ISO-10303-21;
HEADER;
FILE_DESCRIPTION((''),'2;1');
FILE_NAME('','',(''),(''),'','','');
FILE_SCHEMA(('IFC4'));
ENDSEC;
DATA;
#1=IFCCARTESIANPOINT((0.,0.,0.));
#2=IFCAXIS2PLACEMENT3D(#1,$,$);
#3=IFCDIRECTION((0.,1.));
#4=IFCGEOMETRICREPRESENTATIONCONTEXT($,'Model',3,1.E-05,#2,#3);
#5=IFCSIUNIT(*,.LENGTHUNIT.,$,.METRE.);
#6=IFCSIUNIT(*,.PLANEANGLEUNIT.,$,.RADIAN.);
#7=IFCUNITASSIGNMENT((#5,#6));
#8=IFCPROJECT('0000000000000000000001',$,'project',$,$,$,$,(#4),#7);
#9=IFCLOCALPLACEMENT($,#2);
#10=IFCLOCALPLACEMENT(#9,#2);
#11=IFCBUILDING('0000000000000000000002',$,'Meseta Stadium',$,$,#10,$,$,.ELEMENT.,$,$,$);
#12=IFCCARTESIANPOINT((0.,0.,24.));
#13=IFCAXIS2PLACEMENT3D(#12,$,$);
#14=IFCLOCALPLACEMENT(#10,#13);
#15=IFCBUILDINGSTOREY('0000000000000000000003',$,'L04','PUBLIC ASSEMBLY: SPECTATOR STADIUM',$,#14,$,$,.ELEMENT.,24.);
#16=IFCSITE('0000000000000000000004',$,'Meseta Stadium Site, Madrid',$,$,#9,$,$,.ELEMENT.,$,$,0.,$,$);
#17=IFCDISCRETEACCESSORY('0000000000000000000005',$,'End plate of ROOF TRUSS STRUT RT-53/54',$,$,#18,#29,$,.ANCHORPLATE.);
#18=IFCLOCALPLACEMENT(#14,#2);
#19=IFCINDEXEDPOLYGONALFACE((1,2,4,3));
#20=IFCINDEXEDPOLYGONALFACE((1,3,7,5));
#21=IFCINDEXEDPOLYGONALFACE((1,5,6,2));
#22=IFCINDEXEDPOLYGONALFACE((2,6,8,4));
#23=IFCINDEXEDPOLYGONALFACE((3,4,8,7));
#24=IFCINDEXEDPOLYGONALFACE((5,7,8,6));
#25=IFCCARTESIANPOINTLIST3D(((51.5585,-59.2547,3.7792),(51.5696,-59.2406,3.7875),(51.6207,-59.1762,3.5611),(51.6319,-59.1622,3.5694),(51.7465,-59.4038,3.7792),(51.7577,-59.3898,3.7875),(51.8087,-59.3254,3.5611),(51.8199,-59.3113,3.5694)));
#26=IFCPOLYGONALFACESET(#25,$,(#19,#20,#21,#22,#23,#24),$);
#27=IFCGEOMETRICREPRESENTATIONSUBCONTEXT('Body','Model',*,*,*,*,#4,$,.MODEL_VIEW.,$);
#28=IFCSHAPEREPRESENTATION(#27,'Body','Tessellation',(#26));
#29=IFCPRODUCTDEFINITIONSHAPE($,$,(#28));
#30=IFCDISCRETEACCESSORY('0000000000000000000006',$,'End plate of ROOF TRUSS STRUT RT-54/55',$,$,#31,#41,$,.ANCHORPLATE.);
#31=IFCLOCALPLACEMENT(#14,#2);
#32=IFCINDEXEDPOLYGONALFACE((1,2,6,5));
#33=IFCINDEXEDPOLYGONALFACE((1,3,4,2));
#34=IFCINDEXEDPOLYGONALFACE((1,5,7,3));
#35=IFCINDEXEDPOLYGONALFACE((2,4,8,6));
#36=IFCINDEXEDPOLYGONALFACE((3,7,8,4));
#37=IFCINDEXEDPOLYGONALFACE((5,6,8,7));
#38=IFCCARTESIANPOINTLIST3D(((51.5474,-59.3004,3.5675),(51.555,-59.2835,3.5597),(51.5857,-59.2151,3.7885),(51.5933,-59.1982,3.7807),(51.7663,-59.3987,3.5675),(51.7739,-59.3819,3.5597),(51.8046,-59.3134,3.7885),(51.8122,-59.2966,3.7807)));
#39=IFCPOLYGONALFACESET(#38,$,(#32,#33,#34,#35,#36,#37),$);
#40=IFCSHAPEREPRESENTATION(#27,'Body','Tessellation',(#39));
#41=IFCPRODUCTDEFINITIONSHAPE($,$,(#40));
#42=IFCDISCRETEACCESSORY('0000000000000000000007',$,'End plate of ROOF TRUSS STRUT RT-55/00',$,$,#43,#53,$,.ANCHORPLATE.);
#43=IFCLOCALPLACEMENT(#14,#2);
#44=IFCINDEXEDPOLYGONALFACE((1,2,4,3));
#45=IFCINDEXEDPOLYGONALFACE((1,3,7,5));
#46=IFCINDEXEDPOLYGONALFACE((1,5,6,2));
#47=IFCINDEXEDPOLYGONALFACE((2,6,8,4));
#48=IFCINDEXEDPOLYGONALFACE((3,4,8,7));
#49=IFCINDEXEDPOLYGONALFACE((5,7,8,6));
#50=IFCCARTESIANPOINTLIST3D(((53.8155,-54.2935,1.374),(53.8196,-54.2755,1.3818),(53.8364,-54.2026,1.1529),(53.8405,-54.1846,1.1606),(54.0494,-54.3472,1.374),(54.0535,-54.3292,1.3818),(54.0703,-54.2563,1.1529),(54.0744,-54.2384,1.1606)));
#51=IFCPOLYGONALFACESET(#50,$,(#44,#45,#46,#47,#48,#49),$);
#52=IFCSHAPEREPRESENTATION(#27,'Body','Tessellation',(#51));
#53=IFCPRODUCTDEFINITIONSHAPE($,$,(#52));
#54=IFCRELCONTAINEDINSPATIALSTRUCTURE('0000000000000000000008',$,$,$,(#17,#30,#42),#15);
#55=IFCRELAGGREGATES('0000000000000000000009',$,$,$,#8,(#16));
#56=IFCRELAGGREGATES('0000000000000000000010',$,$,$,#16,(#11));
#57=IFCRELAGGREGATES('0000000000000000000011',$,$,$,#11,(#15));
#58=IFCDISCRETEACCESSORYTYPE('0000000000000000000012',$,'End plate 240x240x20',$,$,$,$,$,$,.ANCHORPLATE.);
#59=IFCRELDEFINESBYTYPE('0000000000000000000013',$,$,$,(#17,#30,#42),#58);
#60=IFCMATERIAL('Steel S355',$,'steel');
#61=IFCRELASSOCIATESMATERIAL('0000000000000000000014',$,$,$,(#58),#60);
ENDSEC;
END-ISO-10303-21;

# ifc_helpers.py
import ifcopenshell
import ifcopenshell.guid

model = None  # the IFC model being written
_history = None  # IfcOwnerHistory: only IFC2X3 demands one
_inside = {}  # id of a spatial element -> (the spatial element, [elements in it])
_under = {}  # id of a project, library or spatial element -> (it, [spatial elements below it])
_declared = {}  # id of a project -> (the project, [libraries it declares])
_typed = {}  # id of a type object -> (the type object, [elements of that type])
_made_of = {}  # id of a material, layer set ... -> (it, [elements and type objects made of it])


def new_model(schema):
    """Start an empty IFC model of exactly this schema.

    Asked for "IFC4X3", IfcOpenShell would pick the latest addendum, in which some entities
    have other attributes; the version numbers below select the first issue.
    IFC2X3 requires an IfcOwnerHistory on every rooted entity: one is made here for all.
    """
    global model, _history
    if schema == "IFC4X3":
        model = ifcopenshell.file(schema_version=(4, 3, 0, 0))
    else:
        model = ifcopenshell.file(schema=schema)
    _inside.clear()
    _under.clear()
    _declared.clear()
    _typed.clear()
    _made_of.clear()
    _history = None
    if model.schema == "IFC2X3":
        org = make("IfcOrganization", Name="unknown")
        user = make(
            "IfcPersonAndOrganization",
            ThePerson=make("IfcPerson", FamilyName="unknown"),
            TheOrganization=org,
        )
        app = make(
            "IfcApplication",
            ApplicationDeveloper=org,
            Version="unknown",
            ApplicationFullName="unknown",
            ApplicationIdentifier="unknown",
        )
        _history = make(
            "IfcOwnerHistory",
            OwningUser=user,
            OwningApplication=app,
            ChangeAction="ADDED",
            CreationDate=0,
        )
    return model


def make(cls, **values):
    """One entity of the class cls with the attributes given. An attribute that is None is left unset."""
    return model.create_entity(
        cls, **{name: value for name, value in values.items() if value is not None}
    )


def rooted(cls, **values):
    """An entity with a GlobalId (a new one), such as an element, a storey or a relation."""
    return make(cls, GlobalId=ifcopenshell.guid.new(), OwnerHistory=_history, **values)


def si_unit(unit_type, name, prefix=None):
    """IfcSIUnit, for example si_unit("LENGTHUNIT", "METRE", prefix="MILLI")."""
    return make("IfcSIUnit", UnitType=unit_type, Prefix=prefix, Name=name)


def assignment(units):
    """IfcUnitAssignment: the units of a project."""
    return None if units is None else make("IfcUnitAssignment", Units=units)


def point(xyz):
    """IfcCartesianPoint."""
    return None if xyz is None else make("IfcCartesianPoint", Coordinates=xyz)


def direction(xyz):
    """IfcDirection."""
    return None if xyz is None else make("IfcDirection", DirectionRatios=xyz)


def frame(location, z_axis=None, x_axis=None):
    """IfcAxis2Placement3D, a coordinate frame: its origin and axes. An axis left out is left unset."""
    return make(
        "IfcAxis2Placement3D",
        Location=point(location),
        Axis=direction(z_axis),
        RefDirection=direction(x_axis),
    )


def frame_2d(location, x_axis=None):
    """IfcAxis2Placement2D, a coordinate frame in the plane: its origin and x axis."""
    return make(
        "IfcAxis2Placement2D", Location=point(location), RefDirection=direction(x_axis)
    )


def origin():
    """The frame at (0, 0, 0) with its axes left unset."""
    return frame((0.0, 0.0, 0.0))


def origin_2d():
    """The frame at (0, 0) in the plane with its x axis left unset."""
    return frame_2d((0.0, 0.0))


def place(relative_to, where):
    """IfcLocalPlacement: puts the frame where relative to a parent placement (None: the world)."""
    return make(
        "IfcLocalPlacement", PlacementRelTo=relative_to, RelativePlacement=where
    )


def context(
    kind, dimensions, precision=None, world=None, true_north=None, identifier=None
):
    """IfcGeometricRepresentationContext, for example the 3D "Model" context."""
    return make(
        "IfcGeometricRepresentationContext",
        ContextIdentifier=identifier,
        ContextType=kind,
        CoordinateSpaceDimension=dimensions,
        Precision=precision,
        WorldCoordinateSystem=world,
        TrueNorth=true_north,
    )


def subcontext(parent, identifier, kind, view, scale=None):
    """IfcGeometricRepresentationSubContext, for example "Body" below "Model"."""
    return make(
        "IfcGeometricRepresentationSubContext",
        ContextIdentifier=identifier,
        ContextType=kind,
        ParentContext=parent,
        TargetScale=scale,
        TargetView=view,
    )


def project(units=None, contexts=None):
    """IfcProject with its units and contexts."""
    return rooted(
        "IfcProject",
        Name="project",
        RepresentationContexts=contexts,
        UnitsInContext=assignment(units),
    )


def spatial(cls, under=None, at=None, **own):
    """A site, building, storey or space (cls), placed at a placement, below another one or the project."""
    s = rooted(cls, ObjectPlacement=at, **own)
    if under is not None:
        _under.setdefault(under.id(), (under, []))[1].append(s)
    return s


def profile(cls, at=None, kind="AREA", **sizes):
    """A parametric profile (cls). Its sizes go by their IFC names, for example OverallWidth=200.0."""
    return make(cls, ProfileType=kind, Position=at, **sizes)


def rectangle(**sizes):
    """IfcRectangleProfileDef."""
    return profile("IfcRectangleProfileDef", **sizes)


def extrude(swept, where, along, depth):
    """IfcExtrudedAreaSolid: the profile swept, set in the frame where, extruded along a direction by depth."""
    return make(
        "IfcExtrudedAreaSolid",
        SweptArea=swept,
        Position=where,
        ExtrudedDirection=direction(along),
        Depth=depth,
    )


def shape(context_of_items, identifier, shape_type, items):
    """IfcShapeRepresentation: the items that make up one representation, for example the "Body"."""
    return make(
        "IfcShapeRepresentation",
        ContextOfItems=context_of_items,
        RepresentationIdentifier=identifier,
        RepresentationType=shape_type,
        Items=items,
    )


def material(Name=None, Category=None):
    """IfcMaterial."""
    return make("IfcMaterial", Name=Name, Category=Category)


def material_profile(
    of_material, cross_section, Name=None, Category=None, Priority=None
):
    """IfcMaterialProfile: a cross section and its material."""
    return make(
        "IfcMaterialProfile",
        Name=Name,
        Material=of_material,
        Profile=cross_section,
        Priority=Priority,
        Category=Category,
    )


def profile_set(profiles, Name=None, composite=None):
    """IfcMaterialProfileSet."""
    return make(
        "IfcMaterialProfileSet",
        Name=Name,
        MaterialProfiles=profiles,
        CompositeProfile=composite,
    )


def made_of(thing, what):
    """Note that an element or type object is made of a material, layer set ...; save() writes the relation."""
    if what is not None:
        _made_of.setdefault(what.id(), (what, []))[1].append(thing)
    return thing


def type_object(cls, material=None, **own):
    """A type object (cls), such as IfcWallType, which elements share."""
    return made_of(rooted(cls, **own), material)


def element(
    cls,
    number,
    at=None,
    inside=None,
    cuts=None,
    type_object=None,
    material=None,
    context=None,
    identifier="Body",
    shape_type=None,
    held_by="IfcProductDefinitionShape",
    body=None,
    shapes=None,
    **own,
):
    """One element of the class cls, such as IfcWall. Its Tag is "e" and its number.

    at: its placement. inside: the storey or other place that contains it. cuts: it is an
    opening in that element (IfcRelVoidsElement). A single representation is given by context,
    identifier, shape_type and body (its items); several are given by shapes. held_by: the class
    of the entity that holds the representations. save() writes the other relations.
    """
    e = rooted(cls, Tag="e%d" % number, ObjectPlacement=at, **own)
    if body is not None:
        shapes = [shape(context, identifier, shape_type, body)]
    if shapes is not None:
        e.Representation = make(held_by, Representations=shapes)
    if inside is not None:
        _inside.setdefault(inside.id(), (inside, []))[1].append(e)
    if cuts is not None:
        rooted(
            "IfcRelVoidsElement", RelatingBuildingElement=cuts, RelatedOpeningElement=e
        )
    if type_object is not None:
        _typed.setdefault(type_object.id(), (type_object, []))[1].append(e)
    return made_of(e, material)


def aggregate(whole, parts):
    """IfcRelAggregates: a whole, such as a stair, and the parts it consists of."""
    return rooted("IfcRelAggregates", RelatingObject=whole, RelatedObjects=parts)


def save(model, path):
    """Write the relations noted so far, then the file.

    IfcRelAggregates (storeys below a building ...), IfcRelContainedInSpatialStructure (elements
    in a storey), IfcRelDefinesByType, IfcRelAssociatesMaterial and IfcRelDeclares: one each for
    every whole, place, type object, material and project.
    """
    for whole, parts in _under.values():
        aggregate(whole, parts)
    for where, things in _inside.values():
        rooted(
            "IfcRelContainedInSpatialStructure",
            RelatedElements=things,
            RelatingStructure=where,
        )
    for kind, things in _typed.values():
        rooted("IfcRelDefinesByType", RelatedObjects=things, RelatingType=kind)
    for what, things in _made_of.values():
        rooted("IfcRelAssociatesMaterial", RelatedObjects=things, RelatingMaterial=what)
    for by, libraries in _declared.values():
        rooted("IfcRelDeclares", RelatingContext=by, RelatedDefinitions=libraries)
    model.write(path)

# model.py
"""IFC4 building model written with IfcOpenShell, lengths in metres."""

from ifc_helpers import new_model, si_unit, direction, frame, origin, origin_2d, place, context, subcontext, project, spatial, rectangle, extrude, material, material_profile, profile_set, type_object, element, save


model = new_model("IFC4")

# Units and contexts
model_context = context("Model", 3, precision=1e-05, world=origin(), true_north=direction((0.0, 1.0)))
body_context = subcontext(model_context, "Body", "Model", "MODEL_VIEW")
ifc_project = project(units=[si_unit("LENGTHUNIT", "METRE"), si_unit("PLANEANGLEUNIT", "RADIAN")], contexts=[model_context])

# Site, building, storey
site_placement = place(None, origin())
site = spatial("IfcSite", under=ifc_project, at=site_placement, Name="Meseta Stadium Site, Madrid", CompositionType="ELEMENT", RefElevation=0.0)
building_placement = place(site_placement, origin())
building = spatial("IfcBuilding", under=site, at=building_placement, Name="Meseta Stadium", CompositionType="ELEMENT")
storey_placement = place(building_placement, frame((0.0, 0.0, 24.0)))
storey = spatial("IfcBuildingStorey", under=building, at=storey_placement, Name="L04", Description="PUBLIC ASSEMBLY: SPECTATOR STADIUM", CompositionType="ELEMENT", Elevation=24.0)

# Discrete accessories
ifc_material_1 = material(Name="Steel S355", Category="steel")
ifc_material_profile_1 = material_profile(ifc_material_1, rectangle(XDim=0.24, YDim=0.24, at=origin_2d()), Name="PL 240x240")
ifc_profile_set_1 = profile_set([ifc_material_profile_1], Name="Steel S355")
discrete_accessory_type_1 = type_object("IfcDiscreteAccessoryType", Name="End plate 240x240x20", PredefinedType="ANCHORPLATE", material=ifc_profile_set_1)
discrete_accessory_1_placement = place(storey_placement, frame((51.6836, -59.29, 3.6702), z_axis=(0.564683, 0.711991, 0.417374), x_axis=(-0.783498, 0.621395, 0.0)))
element("IfcDiscreteAccessory", 1, at=discrete_accessory_1_placement, inside=storey, type_object=discrete_accessory_type_1, Name="End plate of ROOF TRUSS STRUT RT-53/54", PredefinedType="ANCHORPLATE", context=body_context, shape_type="SweptSolid", body=[
    extrude(rectangle(XDim=0.24, YDim=0.24, at=origin_2d()), origin(), (0.0, 0.0, 1.0), 0.0198),
])
for number, where, z_axis, x_axis, name in (
    (2, (51.676, -59.3069, 3.678), (0.377432, 0.84009, -0.389607), (-0.912169, 0.409815, 0.0), "End plate of ROOF TRUSS STRUT RT-54/55"),
    (3, (53.9429, -54.2749, 1.2634), (0.206322, 0.898109, 0.388371), (-0.974613, 0.223898, 0.0), "End plate of ROOF TRUSS STRUT RT-55/00"),
):
    element("IfcDiscreteAccessory", number, at=place(storey_placement, frame(where, z_axis=z_axis, x_axis=x_axis)), inside=storey, type_object=discrete_accessory_type_1, Name=name, PredefinedType="ANCHORPLATE", context=body_context, shape_type="SweptSolid", body=[
        extrude(rectangle(XDim=0.24, YDim=0.24, at=origin_2d()), origin(), (0.0, 0.0, 1.0), 0.02),
    ])

save(model, "model.ifc")
